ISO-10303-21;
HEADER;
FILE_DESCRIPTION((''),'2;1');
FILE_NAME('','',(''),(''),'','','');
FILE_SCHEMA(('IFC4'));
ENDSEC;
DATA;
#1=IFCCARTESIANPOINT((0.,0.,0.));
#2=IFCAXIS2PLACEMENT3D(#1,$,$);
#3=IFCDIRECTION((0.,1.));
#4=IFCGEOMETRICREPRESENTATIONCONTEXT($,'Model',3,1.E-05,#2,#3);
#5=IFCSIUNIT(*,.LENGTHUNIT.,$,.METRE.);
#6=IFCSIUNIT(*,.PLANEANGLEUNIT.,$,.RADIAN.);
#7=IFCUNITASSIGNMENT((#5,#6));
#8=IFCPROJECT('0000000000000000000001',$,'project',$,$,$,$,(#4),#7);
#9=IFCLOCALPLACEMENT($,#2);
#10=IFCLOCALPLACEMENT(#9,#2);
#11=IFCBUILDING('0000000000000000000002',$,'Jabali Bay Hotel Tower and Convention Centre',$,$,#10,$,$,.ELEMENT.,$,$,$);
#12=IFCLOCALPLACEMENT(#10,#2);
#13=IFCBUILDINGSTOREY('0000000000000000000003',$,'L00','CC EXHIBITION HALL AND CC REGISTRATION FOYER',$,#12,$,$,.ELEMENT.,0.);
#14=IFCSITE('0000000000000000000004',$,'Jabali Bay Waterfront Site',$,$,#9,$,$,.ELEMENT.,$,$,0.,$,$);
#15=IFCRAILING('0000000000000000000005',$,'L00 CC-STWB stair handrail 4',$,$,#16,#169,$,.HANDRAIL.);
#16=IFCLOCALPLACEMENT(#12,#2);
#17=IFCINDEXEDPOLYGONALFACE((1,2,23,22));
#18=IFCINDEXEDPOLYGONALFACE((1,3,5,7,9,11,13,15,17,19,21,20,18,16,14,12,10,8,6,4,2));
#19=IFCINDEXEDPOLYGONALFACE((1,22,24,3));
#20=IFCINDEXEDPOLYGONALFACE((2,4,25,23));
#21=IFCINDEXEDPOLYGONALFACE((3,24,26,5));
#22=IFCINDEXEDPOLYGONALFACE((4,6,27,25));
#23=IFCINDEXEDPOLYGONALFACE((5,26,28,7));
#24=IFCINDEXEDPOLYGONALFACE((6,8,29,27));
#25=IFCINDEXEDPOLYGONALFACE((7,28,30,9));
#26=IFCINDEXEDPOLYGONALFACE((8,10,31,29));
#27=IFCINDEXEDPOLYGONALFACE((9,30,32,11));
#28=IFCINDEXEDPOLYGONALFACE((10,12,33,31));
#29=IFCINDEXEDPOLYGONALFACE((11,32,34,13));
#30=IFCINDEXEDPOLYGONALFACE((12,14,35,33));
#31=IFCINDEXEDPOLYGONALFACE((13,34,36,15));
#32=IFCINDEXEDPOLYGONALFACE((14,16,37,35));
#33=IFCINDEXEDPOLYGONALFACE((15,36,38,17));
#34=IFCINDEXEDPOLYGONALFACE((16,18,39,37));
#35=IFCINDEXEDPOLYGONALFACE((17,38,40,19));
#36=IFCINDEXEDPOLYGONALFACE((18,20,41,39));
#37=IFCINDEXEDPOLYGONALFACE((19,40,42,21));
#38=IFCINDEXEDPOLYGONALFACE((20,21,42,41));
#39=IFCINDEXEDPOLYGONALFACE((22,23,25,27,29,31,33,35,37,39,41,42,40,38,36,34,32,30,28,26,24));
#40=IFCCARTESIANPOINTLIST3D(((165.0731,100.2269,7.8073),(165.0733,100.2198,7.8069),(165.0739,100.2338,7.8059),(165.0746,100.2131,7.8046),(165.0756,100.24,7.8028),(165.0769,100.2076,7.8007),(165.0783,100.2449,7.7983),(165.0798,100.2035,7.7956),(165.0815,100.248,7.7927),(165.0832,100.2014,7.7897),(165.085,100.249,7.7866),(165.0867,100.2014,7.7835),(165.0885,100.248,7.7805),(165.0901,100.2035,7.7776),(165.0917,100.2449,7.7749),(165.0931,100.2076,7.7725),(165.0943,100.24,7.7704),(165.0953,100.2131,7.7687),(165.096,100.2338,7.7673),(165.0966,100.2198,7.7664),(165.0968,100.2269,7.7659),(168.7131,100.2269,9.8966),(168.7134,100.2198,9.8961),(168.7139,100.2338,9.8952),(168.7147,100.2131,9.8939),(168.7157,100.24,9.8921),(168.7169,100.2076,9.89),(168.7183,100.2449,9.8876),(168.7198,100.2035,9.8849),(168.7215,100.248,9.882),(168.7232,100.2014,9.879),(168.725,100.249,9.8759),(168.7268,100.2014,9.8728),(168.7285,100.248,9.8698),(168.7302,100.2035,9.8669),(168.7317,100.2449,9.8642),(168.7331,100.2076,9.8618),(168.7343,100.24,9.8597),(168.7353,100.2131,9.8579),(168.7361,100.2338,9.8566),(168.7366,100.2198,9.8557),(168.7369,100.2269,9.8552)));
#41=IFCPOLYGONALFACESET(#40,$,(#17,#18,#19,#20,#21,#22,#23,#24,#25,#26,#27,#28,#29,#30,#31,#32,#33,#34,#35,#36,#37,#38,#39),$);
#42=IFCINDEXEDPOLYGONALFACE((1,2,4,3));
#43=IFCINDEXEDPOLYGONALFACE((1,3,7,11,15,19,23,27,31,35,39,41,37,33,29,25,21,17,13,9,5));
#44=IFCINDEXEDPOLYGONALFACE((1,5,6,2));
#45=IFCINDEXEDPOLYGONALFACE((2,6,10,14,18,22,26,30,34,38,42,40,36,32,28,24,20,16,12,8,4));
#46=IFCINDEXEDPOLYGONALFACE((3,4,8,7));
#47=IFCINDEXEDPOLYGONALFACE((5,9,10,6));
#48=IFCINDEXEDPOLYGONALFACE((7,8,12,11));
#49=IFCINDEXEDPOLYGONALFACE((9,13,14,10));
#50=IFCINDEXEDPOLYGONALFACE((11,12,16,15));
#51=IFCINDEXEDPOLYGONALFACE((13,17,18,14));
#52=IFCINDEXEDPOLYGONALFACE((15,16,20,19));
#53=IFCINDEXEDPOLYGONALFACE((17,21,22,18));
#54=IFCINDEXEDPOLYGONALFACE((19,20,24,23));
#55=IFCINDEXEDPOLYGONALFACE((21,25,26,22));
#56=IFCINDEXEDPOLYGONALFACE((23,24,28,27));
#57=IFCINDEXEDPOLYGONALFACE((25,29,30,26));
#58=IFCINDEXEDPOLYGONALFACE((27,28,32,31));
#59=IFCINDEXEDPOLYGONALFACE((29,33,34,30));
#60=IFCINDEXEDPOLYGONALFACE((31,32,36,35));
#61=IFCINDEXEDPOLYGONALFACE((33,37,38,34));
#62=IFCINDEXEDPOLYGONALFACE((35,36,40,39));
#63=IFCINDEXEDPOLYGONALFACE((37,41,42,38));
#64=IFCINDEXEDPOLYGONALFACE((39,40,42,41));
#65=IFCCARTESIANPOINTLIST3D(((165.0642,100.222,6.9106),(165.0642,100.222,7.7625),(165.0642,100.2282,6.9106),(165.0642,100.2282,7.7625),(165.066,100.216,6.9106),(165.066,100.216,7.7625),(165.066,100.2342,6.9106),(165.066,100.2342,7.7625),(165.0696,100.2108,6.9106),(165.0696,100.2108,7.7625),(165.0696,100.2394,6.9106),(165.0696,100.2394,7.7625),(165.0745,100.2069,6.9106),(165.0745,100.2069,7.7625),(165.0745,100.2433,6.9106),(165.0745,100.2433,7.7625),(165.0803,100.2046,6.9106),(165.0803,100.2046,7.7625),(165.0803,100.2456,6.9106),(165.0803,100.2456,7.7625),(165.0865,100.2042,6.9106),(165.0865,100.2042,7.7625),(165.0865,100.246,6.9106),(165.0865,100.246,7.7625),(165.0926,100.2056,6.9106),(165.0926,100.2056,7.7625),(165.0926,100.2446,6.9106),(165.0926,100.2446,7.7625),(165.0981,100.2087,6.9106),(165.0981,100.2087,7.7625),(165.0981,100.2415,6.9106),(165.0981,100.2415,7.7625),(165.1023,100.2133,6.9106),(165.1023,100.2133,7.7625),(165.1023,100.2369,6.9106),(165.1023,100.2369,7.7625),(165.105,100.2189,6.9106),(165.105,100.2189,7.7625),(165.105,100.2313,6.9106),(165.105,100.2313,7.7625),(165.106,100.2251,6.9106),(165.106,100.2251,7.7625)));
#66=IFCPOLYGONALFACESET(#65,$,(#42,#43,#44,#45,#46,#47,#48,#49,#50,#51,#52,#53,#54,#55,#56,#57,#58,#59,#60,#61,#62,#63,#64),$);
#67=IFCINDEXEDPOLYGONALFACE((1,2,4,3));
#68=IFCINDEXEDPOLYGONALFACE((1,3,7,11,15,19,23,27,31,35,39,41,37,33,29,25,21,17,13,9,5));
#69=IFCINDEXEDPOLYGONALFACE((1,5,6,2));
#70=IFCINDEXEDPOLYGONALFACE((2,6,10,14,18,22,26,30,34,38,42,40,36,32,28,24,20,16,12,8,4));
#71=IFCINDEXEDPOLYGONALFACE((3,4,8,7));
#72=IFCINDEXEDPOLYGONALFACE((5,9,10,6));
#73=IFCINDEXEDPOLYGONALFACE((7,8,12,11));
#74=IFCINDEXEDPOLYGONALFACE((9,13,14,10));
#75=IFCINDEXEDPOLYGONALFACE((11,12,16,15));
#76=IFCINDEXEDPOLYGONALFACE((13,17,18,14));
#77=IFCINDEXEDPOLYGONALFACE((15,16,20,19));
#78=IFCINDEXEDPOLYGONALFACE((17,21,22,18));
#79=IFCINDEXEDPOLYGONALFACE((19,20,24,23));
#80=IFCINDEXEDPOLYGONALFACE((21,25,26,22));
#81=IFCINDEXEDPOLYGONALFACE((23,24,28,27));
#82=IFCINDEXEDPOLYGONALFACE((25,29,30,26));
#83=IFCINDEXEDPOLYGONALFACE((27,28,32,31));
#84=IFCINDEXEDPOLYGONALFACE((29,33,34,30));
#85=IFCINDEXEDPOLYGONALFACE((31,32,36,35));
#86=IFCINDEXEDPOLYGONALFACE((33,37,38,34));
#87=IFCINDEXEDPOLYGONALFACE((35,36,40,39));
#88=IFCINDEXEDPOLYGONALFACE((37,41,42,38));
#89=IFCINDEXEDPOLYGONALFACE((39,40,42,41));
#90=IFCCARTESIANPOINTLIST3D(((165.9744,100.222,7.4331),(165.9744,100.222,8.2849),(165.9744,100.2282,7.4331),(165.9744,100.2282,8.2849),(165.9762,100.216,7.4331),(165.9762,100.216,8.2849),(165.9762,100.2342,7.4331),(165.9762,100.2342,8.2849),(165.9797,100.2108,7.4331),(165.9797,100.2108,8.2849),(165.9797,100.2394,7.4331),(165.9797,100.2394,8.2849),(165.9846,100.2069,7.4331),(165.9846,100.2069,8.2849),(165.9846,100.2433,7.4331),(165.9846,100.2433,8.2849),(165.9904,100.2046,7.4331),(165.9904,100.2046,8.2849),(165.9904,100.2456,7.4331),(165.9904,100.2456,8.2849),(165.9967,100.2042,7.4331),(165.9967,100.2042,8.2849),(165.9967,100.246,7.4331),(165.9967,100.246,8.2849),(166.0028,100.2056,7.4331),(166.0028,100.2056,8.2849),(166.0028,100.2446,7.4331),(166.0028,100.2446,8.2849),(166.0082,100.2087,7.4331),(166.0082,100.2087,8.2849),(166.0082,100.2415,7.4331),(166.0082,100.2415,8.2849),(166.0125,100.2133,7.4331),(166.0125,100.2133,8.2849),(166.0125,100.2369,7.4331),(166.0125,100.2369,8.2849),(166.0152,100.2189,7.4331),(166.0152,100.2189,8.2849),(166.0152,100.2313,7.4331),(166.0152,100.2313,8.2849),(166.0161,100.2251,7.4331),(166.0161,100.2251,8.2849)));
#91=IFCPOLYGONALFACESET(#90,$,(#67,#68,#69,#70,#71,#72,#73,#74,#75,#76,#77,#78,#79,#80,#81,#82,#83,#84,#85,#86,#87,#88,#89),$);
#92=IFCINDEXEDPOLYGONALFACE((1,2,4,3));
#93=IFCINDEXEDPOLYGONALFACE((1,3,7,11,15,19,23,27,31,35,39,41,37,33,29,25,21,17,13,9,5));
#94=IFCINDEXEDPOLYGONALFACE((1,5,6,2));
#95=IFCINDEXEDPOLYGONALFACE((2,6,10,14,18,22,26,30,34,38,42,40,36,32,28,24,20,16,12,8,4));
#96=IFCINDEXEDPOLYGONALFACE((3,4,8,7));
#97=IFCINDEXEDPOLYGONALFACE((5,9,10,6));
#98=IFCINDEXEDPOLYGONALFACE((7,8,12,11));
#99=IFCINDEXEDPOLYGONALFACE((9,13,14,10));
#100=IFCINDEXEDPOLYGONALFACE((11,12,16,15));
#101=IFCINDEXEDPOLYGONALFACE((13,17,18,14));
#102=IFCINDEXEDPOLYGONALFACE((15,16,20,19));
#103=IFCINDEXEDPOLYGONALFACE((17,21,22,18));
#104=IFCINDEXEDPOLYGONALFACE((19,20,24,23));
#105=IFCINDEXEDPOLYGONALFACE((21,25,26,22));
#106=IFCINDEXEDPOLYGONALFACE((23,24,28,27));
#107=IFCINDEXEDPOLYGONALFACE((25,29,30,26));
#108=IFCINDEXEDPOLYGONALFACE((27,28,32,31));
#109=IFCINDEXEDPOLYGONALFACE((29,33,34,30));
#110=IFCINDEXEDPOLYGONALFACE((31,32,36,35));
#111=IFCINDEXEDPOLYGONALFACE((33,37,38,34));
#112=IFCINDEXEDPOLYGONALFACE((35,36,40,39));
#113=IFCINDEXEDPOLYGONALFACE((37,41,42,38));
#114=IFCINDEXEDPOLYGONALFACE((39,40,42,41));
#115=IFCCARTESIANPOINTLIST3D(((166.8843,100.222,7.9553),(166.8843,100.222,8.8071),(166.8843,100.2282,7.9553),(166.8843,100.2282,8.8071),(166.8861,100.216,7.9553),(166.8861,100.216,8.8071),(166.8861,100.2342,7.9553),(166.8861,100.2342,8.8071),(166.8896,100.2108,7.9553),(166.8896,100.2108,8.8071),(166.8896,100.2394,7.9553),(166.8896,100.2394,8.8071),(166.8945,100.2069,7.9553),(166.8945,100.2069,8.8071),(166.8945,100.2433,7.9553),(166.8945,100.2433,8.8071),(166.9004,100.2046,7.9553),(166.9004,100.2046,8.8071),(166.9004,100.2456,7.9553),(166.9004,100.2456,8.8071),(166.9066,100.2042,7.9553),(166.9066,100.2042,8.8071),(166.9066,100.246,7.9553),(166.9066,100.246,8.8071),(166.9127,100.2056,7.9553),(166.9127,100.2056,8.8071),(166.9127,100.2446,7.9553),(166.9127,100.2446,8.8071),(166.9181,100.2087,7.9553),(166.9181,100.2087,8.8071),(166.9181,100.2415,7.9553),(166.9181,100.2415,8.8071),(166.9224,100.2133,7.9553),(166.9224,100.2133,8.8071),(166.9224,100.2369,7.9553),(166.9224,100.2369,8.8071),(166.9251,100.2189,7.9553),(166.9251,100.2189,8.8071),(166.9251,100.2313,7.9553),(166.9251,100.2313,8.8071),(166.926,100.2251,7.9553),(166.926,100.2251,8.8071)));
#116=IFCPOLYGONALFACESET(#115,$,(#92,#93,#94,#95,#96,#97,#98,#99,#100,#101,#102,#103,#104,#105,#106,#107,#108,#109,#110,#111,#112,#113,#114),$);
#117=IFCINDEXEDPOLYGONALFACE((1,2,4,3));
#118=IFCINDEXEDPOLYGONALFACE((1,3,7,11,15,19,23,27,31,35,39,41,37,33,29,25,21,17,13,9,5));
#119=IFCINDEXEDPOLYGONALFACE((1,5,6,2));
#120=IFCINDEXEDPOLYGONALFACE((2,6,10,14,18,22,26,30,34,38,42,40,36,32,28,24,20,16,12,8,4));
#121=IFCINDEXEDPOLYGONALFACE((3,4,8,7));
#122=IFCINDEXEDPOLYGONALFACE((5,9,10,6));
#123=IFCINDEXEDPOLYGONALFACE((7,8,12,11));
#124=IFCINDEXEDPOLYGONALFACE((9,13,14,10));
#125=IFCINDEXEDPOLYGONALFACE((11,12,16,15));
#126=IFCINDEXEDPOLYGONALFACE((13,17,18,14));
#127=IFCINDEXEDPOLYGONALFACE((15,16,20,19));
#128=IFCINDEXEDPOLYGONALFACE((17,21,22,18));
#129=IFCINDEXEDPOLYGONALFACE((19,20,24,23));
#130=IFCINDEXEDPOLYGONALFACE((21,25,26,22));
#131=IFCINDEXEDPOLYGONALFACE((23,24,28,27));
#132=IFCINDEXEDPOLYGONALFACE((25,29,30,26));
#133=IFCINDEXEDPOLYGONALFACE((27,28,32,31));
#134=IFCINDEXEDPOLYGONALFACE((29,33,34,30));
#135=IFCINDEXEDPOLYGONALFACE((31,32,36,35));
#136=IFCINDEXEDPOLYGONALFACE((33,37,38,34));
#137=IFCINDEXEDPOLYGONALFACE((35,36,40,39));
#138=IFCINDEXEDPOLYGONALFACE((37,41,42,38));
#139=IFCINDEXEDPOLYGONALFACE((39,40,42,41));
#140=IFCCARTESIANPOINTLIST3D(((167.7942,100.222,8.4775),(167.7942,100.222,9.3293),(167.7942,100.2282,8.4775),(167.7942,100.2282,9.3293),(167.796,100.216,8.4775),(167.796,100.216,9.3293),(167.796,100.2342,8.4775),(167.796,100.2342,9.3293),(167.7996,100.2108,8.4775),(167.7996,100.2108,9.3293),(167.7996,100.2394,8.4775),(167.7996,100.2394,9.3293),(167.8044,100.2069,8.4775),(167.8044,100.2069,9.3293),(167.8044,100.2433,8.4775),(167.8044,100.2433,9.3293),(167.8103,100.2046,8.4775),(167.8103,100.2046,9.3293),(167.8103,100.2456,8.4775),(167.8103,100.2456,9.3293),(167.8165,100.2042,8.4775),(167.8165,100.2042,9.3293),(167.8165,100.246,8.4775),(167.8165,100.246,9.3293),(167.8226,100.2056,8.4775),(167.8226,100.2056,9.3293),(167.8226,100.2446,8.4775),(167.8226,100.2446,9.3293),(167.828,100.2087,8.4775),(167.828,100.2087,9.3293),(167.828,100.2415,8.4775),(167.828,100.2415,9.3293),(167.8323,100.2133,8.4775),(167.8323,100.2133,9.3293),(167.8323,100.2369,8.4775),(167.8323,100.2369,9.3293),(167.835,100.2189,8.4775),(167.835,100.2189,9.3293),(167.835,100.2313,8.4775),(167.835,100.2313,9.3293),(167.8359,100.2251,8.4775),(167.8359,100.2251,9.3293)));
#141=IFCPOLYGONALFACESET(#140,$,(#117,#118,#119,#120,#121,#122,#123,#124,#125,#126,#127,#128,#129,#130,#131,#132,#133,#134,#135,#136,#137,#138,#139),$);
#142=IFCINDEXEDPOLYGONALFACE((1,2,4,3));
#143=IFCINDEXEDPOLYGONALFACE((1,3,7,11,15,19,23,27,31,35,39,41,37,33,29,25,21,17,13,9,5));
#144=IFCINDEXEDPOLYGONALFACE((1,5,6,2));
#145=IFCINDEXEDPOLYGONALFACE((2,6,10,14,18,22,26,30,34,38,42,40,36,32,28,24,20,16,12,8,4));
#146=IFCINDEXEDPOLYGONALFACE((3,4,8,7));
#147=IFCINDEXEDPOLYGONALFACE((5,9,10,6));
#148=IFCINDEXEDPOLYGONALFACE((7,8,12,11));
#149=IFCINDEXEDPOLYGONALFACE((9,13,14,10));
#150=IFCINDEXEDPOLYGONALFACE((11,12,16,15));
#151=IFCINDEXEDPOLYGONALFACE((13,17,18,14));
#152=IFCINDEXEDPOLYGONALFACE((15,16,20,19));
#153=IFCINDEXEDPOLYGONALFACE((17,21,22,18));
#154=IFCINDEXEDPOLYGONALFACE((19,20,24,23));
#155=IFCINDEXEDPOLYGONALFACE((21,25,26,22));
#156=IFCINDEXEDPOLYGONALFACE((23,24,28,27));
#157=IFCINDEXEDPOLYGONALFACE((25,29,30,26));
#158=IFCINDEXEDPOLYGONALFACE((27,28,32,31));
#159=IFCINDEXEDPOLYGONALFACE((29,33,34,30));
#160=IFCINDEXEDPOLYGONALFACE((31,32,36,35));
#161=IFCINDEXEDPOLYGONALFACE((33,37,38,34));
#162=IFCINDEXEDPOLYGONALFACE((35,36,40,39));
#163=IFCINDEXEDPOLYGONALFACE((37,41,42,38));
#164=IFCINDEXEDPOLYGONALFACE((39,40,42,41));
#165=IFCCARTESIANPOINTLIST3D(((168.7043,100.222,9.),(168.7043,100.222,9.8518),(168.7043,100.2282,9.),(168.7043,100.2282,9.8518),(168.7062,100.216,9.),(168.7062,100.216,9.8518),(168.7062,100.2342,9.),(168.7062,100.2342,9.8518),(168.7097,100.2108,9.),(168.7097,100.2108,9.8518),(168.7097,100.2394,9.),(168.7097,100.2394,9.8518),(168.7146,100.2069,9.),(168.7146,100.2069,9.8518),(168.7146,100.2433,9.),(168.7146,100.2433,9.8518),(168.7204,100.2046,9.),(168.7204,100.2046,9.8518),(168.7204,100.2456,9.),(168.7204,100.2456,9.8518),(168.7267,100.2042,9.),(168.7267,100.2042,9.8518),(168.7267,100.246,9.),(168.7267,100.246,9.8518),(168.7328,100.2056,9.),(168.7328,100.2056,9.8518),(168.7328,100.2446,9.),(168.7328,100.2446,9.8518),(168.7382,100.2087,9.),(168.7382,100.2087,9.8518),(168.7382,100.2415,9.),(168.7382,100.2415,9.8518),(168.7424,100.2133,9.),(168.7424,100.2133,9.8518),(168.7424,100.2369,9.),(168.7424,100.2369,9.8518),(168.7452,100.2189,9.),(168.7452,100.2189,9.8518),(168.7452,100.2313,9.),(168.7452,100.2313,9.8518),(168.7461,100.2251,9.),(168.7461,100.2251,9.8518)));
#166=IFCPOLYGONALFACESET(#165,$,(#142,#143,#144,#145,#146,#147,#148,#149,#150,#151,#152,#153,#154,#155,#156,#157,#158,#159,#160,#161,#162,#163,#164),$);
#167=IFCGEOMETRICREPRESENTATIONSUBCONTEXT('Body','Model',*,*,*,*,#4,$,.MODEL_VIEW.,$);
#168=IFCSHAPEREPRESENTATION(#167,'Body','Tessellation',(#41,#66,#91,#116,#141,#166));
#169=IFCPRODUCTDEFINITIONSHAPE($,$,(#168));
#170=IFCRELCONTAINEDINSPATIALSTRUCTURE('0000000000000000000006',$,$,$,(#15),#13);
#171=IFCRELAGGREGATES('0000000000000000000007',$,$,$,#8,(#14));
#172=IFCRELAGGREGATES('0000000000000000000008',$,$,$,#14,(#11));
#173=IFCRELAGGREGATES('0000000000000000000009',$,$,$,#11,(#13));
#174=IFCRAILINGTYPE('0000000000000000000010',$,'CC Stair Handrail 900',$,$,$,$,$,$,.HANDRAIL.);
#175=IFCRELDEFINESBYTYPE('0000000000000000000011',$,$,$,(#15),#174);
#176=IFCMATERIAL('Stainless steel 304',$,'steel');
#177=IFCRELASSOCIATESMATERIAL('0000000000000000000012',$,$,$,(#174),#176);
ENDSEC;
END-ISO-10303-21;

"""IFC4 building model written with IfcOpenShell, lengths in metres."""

from ifc_helpers import new_model, si_unit, direction, frame, origin, origin_2d, place, context, subcontext, project, spatial, circle, extrude, material, type_object, element, save


model = new_model("IFC4")

# Units and contexts
model_context = context("Model", 3, precision=1e-05, world=origin(), true_north=direction((0.0, 1.0)))
body_context = subcontext(model_context, "Body", "Model", "MODEL_VIEW")
ifc_project = project(units=[si_unit("LENGTHUNIT", "METRE"), si_unit("PLANEANGLEUNIT", "RADIAN")], contexts=[model_context])

# Site, building, storey
site_placement = place(None, origin())
site = spatial("IfcSite", under=ifc_project, at=site_placement, Name="Jabali Bay Waterfront Site", CompositionType="ELEMENT", RefElevation=0.0)
building_placement = place(site_placement, origin())
building = spatial("IfcBuilding", under=site, at=building_placement, Name="Jabali Bay Hotel Tower and Convention Centre", CompositionType="ELEMENT")
storey_placement = place(building_placement, origin())
storey = spatial("IfcBuildingStorey", under=building, at=storey_placement, Name="L00", Description="CC EXHIBITION HALL AND CC REGISTRATION FOYER", CompositionType="ELEMENT", Elevation=0.0)

# Railing
ifc_material_1 = material(Name="Stainless steel 304", Category="steel")
railing_type_1 = type_object("IfcRailingType", Name="CC Stair Handrail 900", PredefinedType="HANDRAIL", material=ifc_material_1)
for number, where, name in (
    (1, (165.085, 100.2251, 6.9106), "L00 CC-STWB stair handrail 4"),
):
    element("IfcRailing", number, at=place(storey_placement, frame(where)), inside=storey, type_object=railing_type_1, Name=name, PredefinedType="HANDRAIL", context=body_context, shape_type="SweptSolid", body=[
        extrude(circle(Radius=0.0239, at=origin_2d()), frame((0.0, 0.0, 0.876), z_axis=(0.867289, 0.0, 0.497804), x_axis=(0.0, 1.0, 0.0)), (0.0, 0.0, 1.0), 4.197),
        extrude(circle(Radius=0.021, at=origin_2d()), origin(), (0.0, 0.0, 1.0), 0.8518),
        extrude(circle(Radius=0.021, at=origin_2d()), frame((0.9102, 0.0, 0.5225)), (0.0, 0.0, 1.0), 0.8518),
        extrude(circle(Radius=0.021, at=origin_2d()), frame((1.8201, 0.0, 1.0447)), (0.0, 0.0, 1.0), 0.8518),
        extrude(circle(Radius=0.021, at=origin_2d()), frame((2.73, 0.0, 1.5669)), (0.0, 0.0, 1.0), 0.8518),
        extrude(circle(Radius=0.021, at=origin_2d()), frame((3.6401, 0.0, 2.0894)), (0.0, 0.0, 1.0), 0.8518),
    ])

save(model, "model.ifc")
